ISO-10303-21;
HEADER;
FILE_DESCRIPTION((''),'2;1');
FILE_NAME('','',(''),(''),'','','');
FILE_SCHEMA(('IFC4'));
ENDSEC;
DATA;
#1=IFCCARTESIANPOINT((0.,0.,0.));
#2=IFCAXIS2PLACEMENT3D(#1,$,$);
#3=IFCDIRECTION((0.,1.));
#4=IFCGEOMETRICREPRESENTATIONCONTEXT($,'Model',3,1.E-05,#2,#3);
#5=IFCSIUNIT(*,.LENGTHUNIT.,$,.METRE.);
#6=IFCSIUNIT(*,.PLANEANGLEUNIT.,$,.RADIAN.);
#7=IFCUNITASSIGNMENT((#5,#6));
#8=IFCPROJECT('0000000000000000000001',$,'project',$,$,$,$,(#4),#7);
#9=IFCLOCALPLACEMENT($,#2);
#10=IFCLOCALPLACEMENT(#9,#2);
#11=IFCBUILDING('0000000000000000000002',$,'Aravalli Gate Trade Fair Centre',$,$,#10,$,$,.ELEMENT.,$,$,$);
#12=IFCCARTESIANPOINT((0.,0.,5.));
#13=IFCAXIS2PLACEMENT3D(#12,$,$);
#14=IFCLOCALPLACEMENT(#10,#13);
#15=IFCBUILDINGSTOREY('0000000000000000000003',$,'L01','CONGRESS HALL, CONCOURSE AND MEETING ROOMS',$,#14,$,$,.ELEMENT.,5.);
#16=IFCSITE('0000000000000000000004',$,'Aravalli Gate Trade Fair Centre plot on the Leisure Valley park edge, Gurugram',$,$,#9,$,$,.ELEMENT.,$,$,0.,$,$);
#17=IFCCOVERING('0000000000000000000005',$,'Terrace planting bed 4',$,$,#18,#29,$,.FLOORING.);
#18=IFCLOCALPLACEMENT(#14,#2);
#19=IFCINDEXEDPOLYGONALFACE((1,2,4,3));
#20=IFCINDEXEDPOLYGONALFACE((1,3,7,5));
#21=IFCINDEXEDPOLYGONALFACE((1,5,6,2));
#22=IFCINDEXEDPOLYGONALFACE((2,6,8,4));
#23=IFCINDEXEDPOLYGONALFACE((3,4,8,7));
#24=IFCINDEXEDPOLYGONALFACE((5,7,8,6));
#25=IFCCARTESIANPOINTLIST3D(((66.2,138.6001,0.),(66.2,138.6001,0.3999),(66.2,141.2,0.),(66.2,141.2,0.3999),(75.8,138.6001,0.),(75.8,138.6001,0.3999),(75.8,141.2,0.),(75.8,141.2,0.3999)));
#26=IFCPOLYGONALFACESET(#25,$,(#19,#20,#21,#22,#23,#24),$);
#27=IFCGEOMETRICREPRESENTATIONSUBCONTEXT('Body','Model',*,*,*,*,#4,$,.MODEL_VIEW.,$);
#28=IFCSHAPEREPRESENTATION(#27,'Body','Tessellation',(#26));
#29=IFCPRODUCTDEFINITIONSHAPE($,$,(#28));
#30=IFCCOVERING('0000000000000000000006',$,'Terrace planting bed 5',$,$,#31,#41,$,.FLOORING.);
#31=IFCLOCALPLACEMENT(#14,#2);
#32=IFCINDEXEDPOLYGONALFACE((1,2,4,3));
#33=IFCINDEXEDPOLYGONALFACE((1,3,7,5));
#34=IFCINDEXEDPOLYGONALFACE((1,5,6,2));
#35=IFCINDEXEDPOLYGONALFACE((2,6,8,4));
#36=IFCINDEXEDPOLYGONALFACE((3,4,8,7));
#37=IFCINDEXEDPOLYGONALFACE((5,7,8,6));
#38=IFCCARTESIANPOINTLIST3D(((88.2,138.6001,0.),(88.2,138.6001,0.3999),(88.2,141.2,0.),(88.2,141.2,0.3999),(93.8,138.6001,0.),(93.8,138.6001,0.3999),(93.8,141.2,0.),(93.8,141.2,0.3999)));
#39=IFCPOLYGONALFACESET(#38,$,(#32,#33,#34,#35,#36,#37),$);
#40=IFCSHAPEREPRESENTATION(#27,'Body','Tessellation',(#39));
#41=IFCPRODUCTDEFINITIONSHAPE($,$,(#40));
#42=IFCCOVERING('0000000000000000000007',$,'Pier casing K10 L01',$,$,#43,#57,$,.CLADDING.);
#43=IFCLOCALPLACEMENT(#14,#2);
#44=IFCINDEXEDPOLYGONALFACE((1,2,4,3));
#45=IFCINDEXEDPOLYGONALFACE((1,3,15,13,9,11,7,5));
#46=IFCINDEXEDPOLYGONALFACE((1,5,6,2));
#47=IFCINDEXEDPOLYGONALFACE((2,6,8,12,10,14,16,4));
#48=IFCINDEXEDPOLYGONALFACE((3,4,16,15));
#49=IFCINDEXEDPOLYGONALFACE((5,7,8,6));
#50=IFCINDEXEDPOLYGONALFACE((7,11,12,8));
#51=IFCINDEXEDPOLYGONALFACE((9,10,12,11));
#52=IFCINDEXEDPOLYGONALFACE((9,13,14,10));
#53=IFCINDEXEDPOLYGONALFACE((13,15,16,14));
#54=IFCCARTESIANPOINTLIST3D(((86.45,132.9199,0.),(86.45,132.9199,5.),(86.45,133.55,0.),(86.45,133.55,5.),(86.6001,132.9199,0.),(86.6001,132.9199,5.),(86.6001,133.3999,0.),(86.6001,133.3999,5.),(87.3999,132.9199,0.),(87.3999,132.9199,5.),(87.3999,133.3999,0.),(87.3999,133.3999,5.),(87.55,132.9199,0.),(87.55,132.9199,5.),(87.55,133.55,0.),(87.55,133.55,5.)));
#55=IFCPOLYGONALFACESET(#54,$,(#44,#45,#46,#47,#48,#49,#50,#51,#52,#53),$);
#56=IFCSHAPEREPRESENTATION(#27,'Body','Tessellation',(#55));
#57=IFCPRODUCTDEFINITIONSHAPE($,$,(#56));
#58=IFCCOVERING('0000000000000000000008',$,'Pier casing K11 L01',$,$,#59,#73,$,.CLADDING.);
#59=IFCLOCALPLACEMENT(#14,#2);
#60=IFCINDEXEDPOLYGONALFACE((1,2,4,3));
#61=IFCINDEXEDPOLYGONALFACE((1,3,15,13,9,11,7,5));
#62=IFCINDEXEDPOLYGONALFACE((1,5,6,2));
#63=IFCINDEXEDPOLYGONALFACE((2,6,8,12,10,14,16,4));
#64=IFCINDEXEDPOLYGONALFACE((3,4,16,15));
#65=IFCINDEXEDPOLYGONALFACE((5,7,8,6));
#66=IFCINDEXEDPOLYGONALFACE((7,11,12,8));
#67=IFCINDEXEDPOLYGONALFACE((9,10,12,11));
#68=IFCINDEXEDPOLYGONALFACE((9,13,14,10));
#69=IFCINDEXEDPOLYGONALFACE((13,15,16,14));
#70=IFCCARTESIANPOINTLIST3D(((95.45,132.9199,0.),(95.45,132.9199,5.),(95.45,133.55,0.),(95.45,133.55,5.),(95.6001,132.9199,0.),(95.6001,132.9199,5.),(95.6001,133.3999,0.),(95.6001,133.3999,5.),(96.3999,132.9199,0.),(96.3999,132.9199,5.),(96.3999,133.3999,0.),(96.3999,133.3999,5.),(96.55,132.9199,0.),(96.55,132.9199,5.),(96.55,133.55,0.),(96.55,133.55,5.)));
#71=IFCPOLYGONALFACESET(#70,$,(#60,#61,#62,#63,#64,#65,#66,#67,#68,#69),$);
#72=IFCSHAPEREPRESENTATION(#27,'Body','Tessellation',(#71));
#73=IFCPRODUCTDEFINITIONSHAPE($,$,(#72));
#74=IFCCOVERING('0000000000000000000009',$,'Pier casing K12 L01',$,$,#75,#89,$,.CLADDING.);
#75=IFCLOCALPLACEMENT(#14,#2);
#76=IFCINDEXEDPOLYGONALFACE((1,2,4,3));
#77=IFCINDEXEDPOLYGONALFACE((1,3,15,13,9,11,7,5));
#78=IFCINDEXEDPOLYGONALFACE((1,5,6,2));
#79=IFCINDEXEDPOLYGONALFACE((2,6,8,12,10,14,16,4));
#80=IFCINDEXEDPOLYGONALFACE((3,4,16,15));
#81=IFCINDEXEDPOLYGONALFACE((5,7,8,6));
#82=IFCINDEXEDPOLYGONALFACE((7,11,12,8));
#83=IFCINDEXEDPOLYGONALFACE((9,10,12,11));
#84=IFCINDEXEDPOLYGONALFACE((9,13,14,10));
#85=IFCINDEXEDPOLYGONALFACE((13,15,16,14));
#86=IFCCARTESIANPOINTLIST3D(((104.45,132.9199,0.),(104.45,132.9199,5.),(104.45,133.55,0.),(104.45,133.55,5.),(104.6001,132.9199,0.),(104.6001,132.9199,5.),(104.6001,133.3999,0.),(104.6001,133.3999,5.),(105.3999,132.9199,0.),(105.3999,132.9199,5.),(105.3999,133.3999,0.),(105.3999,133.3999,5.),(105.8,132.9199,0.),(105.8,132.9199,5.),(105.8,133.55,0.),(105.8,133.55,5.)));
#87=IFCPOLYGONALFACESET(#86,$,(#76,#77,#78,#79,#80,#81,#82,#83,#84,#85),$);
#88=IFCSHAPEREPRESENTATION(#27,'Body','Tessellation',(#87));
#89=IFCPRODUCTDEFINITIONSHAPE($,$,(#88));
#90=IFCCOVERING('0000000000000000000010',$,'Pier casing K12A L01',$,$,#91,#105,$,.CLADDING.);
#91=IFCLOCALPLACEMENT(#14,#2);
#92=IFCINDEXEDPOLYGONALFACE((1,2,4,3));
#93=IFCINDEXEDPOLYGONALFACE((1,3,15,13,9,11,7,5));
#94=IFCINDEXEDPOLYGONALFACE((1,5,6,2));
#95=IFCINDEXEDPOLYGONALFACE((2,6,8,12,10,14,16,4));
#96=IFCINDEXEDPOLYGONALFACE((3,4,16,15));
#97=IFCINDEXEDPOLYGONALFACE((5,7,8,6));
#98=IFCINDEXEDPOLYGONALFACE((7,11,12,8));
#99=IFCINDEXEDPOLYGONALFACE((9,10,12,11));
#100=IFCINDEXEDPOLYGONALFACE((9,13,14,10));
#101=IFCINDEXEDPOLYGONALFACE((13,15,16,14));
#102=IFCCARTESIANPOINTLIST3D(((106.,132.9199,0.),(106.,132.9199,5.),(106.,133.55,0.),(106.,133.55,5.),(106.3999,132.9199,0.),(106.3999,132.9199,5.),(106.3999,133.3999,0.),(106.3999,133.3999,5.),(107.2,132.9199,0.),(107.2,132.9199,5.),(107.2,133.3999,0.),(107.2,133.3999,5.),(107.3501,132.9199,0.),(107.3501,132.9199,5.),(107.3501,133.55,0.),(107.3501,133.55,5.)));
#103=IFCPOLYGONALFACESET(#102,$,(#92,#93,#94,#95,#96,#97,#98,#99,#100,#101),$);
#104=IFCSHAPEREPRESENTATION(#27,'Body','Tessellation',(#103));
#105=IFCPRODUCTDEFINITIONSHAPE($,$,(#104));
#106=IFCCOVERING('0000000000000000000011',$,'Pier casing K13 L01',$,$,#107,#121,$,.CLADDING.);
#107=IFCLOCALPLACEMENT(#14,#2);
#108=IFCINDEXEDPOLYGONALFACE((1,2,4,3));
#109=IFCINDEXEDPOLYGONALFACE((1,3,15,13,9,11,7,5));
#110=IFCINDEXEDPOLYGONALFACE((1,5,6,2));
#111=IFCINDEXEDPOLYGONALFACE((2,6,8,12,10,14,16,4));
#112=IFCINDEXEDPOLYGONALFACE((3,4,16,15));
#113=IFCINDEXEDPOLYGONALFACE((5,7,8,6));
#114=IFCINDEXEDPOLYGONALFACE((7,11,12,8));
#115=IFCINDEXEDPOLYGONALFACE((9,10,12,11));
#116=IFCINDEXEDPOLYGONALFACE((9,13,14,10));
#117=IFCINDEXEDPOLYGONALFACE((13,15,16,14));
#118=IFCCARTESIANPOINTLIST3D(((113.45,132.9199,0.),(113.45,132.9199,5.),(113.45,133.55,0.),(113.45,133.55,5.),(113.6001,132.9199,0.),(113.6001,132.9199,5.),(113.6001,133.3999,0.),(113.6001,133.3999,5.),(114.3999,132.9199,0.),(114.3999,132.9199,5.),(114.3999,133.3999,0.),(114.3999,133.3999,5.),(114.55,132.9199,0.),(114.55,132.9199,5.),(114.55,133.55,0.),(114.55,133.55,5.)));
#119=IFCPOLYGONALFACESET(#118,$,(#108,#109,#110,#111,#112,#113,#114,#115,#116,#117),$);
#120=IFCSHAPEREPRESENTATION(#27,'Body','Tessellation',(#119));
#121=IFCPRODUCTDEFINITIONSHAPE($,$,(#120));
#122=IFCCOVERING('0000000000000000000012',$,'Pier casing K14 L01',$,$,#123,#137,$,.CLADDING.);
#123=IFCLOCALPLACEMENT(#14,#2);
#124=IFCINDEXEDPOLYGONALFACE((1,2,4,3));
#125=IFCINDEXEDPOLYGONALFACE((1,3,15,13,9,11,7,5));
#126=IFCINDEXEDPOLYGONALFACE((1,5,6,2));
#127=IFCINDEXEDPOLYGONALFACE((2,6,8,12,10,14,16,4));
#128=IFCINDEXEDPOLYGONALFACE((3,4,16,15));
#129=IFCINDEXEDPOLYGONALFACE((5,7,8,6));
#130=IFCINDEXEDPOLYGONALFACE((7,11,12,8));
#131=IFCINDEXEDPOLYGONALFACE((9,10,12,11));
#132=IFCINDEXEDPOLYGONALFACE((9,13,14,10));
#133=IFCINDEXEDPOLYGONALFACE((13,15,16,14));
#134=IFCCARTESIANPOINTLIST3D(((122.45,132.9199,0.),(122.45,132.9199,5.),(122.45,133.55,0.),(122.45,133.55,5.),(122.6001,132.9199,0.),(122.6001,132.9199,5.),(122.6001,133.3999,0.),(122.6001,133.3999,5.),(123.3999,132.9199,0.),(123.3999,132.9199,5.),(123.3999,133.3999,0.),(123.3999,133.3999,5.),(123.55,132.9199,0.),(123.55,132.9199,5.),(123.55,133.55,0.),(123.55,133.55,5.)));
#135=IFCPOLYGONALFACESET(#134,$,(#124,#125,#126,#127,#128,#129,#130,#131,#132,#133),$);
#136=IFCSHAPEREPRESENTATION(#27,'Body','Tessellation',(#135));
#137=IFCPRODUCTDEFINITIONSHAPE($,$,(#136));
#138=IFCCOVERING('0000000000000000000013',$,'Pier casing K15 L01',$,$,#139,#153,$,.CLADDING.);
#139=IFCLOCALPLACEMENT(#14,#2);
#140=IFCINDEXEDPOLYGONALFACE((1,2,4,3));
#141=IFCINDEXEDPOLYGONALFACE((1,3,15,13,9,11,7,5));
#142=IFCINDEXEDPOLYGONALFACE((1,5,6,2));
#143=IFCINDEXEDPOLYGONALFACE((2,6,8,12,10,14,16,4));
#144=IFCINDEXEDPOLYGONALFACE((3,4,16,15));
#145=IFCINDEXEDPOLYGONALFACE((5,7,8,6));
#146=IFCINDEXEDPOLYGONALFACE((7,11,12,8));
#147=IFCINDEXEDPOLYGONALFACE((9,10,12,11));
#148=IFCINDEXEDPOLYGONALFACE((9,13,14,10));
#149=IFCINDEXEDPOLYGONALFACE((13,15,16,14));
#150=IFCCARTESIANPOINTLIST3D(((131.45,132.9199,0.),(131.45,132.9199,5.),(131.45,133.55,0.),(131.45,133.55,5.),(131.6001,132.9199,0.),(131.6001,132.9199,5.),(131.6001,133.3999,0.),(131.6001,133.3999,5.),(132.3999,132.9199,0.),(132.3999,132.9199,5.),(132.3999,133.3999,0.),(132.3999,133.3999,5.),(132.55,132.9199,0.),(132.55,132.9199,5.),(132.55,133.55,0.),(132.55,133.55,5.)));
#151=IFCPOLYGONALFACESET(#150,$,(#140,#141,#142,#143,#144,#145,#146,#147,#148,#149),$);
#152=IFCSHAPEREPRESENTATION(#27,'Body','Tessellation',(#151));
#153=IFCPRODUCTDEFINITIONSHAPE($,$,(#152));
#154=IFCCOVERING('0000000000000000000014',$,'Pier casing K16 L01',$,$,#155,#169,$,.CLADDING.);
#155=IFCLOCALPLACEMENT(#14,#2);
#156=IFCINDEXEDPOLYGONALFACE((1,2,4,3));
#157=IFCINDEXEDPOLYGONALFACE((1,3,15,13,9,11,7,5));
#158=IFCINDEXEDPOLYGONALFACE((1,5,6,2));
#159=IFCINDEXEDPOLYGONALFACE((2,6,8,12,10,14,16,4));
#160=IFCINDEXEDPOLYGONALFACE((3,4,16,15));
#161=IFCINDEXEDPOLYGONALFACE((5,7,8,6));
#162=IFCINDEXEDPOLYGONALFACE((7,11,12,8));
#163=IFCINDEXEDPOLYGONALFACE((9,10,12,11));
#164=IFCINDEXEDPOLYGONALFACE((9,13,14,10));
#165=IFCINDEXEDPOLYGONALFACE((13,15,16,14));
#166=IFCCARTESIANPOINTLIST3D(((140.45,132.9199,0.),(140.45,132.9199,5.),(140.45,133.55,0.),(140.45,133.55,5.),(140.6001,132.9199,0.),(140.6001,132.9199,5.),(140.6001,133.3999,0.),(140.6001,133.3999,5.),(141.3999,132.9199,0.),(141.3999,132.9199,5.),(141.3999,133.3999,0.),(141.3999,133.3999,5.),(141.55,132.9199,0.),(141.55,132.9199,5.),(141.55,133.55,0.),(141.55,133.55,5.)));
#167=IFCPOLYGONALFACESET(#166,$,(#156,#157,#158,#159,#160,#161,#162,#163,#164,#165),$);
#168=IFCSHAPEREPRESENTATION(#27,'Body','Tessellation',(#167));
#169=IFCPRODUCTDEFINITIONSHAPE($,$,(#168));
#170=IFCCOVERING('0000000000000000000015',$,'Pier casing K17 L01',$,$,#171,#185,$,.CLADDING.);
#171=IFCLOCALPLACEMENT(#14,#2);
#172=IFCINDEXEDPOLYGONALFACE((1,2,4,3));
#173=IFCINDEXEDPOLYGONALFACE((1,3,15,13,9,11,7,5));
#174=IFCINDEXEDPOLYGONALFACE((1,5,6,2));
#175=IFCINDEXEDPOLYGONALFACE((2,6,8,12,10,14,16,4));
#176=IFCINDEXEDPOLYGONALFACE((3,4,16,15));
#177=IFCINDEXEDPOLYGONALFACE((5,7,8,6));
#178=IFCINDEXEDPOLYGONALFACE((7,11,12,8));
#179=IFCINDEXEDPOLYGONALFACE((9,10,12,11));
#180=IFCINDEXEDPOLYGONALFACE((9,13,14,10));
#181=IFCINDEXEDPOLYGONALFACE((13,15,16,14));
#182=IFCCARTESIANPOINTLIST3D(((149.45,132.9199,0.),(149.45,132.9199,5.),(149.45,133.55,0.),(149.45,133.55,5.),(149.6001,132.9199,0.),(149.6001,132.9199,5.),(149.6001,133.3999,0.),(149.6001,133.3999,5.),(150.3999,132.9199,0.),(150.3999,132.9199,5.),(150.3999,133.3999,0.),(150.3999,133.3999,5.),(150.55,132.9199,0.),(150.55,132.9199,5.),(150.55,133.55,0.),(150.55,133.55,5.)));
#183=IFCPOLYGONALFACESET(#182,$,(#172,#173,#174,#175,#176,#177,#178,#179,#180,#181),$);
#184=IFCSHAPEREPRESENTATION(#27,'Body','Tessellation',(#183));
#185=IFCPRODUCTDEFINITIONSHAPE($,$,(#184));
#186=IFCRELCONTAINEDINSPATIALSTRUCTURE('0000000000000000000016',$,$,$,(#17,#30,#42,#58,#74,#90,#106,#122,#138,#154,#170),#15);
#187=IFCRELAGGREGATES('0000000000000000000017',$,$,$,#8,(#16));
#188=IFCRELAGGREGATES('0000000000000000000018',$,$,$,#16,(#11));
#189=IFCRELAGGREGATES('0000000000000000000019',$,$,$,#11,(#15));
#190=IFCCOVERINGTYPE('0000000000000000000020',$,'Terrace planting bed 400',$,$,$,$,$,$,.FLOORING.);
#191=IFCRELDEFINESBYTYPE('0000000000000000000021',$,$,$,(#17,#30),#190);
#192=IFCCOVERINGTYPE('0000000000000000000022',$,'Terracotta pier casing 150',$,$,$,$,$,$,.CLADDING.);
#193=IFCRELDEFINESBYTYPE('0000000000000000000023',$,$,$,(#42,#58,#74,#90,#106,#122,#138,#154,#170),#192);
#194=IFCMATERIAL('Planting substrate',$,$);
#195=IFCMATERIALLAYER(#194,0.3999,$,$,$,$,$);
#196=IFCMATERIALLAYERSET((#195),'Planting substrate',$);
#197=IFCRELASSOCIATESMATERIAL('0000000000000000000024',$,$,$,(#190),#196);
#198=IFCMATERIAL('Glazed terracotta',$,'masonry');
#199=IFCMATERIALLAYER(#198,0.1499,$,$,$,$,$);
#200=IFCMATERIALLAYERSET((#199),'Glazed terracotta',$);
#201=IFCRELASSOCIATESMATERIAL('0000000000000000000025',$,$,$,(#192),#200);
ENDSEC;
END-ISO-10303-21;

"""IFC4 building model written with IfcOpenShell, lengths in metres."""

from ifc_helpers import new_model, si_unit, direction, frame, origin, place, context, subcontext, project, spatial, polyline, outline, extrude, material, layer, layer_set, type_object, element, save


model = new_model("IFC4")

# Units and contexts
model_context = context("Model", 3, precision=1e-05, world=origin(), true_north=direction((0.0, 1.0)))
body_context = subcontext(model_context, "Body", "Model", "MODEL_VIEW")
ifc_project = project(units=[si_unit("LENGTHUNIT", "METRE"), si_unit("PLANEANGLEUNIT", "RADIAN")], contexts=[model_context])

# Site, building, storey
site_placement = place(None, origin())
site = spatial("IfcSite", under=ifc_project, at=site_placement, Name="Aravalli Gate Trade Fair Centre plot on the Leisure Valley park edge, Gurugram", CompositionType="ELEMENT", RefElevation=0.0)
building_placement = place(site_placement, origin())
building = spatial("IfcBuilding", under=site, at=building_placement, Name="Aravalli Gate Trade Fair Centre", CompositionType="ELEMENT")
storey_placement = place(building_placement, frame((0.0, 0.0, 5.0)))
storey = spatial("IfcBuildingStorey", under=building, at=storey_placement, Name="L01", Description="CONGRESS HALL, CONCOURSE AND MEETING ROOMS", CompositionType="ELEMENT", Elevation=5.0)

# Coverings
ifc_material_1 = material(Name="Glazed terracotta", Category="masonry")
ifc_material_2 = material(Name="Planting substrate")
ifc_layer_1 = layer(ifc_material_2, 0.3999)
ifc_layer_set_1 = layer_set([ifc_layer_1], Name="Planting substrate")
covering_type_1 = type_object("IfcCoveringType", Name="Terrace planting bed 400", PredefinedType="FLOORING", material=ifc_layer_set_1)
covering_1_placement = place(storey_placement, origin())
element("IfcCovering", 1, at=covering_1_placement, inside=storey, type_object=covering_type_1, Name="Terrace planting bed 4", PredefinedType="FLOORING", context=body_context, shape_type="SweptSolid", body=[
    extrude(outline(polyline([(75.8, 138.6001), (75.8, 141.2), (66.2, 141.2), (66.2, 138.6001), (75.8, 138.6001)])), origin(), (0.0, 0.0, 1.0), 0.3999),
])
covering_2_placement = place(storey_placement, origin())
element("IfcCovering", 2, at=covering_2_placement, inside=storey, type_object=covering_type_1, Name="Terrace planting bed 5", PredefinedType="FLOORING", context=body_context, shape_type="SweptSolid", body=[
    extrude(outline(polyline([(93.8, 138.6001), (93.8, 141.2), (88.2, 141.2), (88.2, 138.6001), (93.8, 138.6001)])), origin(), (0.0, 0.0, 1.0), 0.3999),
])
ifc_layer_2 = layer(ifc_material_1, 0.1499)
ifc_layer_set_2 = layer_set([ifc_layer_2], Name="Glazed terracotta")
covering_type_2 = type_object("IfcCoveringType", Name="Terracotta pier casing 150", PredefinedType="CLADDING", material=ifc_layer_set_2)
covering_3_placement = place(storey_placement, origin())
element("IfcCovering", 3, at=covering_3_placement, inside=storey, type_object=covering_type_2, Name="Pier casing K10 L01", PredefinedType="CLADDING", context=body_context, shape_type="SweptSolid", body=[
    extrude(outline(polyline([(86.45, 132.9199), (86.6001, 132.9199), (86.6001, 133.3999), (87.3999, 133.3999), (87.3999, 132.9199), (87.55, 132.9199), (87.55, 133.55), (86.45, 133.55), (86.45, 132.9199)])), origin(), (0.0, 0.0, 1.0), 5.0),
])
covering_4_placement = place(storey_placement, origin())
element("IfcCovering", 4, at=covering_4_placement, inside=storey, type_object=covering_type_2, Name="Pier casing K11 L01", PredefinedType="CLADDING", context=body_context, shape_type="SweptSolid", body=[
    extrude(outline(polyline([(95.45, 132.9199), (95.6001, 132.9199), (95.6001, 133.3999), (96.3999, 133.3999), (96.3999, 132.9199), (96.55, 132.9199), (96.55, 133.55), (95.45, 133.55), (95.45, 132.9199)])), origin(), (0.0, 0.0, 1.0), 5.0),
])
covering_5_placement = place(storey_placement, origin())
element("IfcCovering", 5, at=covering_5_placement, inside=storey, type_object=covering_type_2, Name="Pier casing K12 L01", PredefinedType="CLADDING", context=body_context, shape_type="SweptSolid", body=[
    extrude(outline(polyline([(104.45, 132.9199), (104.6001, 132.9199), (104.6001, 133.3999), (105.3999, 133.3999), (105.3999, 132.9199), (105.8, 132.9199), (105.8, 133.55), (104.45, 133.55), (104.45, 132.9199)])), origin(), (0.0, 0.0, 1.0), 5.0),
])
covering_6_placement = place(storey_placement, origin())
element("IfcCovering", 6, at=covering_6_placement, inside=storey, type_object=covering_type_2, Name="Pier casing K12A L01", PredefinedType="CLADDING", context=body_context, shape_type="SweptSolid", body=[
    extrude(outline(polyline([(106.0, 132.9199), (106.3999, 132.9199), (106.3999, 133.3999), (107.2, 133.3999), (107.2, 132.9199), (107.3501, 132.9199), (107.3501, 133.55), (106.0, 133.55), (106.0, 132.9199)])), origin(), (0.0, 0.0, 1.0), 5.0),
])
covering_7_placement = place(storey_placement, origin())
element("IfcCovering", 7, at=covering_7_placement, inside=storey, type_object=covering_type_2, Name="Pier casing K13 L01", PredefinedType="CLADDING", context=body_context, shape_type="SweptSolid", body=[
    extrude(outline(polyline([(113.45, 132.9199), (113.6001, 132.9199), (113.6001, 133.3999), (114.3999, 133.3999), (114.3999, 132.9199), (114.55, 132.9199), (114.55, 133.55), (113.45, 133.55), (113.45, 132.9199)])), origin(), (0.0, 0.0, 1.0), 5.0),
])
covering_8_placement = place(storey_placement, origin())
element("IfcCovering", 8, at=covering_8_placement, inside=storey, type_object=covering_type_2, Name="Pier casing K14 L01", PredefinedType="CLADDING", context=body_context, shape_type="SweptSolid", body=[
    extrude(outline(polyline([(122.45, 132.9199), (122.6001, 132.9199), (122.6001, 133.3999), (123.3999, 133.3999), (123.3999, 132.9199), (123.55, 132.9199), (123.55, 133.55), (122.45, 133.55), (122.45, 132.9199)])), origin(), (0.0, 0.0, 1.0), 5.0),
])
covering_9_placement = place(storey_placement, origin())
element("IfcCovering", 9, at=covering_9_placement, inside=storey, type_object=covering_type_2, Name="Pier casing K15 L01", PredefinedType="CLADDING", context=body_context, shape_type="SweptSolid", body=[
    extrude(outline(polyline([(131.45, 132.9199), (131.6001, 132.9199), (131.6001, 133.3999), (132.3999, 133.3999), (132.3999, 132.9199), (132.55, 132.9199), (132.55, 133.55), (131.45, 133.55), (131.45, 132.9199)])), origin(), (0.0, 0.0, 1.0), 5.0),
])
covering_10_placement = place(storey_placement, origin())
element("IfcCovering", 10, at=covering_10_placement, inside=storey, type_object=covering_type_2, Name="Pier casing K16 L01", PredefinedType="CLADDING", context=body_context, shape_type="SweptSolid", body=[
    extrude(outline(polyline([(140.45, 132.9199), (140.6001, 132.9199), (140.6001, 133.3999), (141.3999, 133.3999), (141.3999, 132.9199), (141.55, 132.9199), (141.55, 133.55), (140.45, 133.55), (140.45, 132.9199)])), origin(), (0.0, 0.0, 1.0), 5.0),
])
covering_11_placement = place(storey_placement, origin())
element("IfcCovering", 11, at=covering_11_placement, inside=storey, type_object=covering_type_2, Name="Pier casing K17 L01", PredefinedType="CLADDING", context=body_context, shape_type="SweptSolid", body=[
    extrude(outline(polyline([(149.45, 132.9199), (149.6001, 132.9199), (149.6001, 133.3999), (150.3999, 133.3999), (150.3999, 132.9199), (150.55, 132.9199), (150.55, 133.55), (149.45, 133.55), (149.45, 132.9199)])), origin(), (0.0, 0.0, 1.0), 5.0),
])

save(model, "model.ifc")
